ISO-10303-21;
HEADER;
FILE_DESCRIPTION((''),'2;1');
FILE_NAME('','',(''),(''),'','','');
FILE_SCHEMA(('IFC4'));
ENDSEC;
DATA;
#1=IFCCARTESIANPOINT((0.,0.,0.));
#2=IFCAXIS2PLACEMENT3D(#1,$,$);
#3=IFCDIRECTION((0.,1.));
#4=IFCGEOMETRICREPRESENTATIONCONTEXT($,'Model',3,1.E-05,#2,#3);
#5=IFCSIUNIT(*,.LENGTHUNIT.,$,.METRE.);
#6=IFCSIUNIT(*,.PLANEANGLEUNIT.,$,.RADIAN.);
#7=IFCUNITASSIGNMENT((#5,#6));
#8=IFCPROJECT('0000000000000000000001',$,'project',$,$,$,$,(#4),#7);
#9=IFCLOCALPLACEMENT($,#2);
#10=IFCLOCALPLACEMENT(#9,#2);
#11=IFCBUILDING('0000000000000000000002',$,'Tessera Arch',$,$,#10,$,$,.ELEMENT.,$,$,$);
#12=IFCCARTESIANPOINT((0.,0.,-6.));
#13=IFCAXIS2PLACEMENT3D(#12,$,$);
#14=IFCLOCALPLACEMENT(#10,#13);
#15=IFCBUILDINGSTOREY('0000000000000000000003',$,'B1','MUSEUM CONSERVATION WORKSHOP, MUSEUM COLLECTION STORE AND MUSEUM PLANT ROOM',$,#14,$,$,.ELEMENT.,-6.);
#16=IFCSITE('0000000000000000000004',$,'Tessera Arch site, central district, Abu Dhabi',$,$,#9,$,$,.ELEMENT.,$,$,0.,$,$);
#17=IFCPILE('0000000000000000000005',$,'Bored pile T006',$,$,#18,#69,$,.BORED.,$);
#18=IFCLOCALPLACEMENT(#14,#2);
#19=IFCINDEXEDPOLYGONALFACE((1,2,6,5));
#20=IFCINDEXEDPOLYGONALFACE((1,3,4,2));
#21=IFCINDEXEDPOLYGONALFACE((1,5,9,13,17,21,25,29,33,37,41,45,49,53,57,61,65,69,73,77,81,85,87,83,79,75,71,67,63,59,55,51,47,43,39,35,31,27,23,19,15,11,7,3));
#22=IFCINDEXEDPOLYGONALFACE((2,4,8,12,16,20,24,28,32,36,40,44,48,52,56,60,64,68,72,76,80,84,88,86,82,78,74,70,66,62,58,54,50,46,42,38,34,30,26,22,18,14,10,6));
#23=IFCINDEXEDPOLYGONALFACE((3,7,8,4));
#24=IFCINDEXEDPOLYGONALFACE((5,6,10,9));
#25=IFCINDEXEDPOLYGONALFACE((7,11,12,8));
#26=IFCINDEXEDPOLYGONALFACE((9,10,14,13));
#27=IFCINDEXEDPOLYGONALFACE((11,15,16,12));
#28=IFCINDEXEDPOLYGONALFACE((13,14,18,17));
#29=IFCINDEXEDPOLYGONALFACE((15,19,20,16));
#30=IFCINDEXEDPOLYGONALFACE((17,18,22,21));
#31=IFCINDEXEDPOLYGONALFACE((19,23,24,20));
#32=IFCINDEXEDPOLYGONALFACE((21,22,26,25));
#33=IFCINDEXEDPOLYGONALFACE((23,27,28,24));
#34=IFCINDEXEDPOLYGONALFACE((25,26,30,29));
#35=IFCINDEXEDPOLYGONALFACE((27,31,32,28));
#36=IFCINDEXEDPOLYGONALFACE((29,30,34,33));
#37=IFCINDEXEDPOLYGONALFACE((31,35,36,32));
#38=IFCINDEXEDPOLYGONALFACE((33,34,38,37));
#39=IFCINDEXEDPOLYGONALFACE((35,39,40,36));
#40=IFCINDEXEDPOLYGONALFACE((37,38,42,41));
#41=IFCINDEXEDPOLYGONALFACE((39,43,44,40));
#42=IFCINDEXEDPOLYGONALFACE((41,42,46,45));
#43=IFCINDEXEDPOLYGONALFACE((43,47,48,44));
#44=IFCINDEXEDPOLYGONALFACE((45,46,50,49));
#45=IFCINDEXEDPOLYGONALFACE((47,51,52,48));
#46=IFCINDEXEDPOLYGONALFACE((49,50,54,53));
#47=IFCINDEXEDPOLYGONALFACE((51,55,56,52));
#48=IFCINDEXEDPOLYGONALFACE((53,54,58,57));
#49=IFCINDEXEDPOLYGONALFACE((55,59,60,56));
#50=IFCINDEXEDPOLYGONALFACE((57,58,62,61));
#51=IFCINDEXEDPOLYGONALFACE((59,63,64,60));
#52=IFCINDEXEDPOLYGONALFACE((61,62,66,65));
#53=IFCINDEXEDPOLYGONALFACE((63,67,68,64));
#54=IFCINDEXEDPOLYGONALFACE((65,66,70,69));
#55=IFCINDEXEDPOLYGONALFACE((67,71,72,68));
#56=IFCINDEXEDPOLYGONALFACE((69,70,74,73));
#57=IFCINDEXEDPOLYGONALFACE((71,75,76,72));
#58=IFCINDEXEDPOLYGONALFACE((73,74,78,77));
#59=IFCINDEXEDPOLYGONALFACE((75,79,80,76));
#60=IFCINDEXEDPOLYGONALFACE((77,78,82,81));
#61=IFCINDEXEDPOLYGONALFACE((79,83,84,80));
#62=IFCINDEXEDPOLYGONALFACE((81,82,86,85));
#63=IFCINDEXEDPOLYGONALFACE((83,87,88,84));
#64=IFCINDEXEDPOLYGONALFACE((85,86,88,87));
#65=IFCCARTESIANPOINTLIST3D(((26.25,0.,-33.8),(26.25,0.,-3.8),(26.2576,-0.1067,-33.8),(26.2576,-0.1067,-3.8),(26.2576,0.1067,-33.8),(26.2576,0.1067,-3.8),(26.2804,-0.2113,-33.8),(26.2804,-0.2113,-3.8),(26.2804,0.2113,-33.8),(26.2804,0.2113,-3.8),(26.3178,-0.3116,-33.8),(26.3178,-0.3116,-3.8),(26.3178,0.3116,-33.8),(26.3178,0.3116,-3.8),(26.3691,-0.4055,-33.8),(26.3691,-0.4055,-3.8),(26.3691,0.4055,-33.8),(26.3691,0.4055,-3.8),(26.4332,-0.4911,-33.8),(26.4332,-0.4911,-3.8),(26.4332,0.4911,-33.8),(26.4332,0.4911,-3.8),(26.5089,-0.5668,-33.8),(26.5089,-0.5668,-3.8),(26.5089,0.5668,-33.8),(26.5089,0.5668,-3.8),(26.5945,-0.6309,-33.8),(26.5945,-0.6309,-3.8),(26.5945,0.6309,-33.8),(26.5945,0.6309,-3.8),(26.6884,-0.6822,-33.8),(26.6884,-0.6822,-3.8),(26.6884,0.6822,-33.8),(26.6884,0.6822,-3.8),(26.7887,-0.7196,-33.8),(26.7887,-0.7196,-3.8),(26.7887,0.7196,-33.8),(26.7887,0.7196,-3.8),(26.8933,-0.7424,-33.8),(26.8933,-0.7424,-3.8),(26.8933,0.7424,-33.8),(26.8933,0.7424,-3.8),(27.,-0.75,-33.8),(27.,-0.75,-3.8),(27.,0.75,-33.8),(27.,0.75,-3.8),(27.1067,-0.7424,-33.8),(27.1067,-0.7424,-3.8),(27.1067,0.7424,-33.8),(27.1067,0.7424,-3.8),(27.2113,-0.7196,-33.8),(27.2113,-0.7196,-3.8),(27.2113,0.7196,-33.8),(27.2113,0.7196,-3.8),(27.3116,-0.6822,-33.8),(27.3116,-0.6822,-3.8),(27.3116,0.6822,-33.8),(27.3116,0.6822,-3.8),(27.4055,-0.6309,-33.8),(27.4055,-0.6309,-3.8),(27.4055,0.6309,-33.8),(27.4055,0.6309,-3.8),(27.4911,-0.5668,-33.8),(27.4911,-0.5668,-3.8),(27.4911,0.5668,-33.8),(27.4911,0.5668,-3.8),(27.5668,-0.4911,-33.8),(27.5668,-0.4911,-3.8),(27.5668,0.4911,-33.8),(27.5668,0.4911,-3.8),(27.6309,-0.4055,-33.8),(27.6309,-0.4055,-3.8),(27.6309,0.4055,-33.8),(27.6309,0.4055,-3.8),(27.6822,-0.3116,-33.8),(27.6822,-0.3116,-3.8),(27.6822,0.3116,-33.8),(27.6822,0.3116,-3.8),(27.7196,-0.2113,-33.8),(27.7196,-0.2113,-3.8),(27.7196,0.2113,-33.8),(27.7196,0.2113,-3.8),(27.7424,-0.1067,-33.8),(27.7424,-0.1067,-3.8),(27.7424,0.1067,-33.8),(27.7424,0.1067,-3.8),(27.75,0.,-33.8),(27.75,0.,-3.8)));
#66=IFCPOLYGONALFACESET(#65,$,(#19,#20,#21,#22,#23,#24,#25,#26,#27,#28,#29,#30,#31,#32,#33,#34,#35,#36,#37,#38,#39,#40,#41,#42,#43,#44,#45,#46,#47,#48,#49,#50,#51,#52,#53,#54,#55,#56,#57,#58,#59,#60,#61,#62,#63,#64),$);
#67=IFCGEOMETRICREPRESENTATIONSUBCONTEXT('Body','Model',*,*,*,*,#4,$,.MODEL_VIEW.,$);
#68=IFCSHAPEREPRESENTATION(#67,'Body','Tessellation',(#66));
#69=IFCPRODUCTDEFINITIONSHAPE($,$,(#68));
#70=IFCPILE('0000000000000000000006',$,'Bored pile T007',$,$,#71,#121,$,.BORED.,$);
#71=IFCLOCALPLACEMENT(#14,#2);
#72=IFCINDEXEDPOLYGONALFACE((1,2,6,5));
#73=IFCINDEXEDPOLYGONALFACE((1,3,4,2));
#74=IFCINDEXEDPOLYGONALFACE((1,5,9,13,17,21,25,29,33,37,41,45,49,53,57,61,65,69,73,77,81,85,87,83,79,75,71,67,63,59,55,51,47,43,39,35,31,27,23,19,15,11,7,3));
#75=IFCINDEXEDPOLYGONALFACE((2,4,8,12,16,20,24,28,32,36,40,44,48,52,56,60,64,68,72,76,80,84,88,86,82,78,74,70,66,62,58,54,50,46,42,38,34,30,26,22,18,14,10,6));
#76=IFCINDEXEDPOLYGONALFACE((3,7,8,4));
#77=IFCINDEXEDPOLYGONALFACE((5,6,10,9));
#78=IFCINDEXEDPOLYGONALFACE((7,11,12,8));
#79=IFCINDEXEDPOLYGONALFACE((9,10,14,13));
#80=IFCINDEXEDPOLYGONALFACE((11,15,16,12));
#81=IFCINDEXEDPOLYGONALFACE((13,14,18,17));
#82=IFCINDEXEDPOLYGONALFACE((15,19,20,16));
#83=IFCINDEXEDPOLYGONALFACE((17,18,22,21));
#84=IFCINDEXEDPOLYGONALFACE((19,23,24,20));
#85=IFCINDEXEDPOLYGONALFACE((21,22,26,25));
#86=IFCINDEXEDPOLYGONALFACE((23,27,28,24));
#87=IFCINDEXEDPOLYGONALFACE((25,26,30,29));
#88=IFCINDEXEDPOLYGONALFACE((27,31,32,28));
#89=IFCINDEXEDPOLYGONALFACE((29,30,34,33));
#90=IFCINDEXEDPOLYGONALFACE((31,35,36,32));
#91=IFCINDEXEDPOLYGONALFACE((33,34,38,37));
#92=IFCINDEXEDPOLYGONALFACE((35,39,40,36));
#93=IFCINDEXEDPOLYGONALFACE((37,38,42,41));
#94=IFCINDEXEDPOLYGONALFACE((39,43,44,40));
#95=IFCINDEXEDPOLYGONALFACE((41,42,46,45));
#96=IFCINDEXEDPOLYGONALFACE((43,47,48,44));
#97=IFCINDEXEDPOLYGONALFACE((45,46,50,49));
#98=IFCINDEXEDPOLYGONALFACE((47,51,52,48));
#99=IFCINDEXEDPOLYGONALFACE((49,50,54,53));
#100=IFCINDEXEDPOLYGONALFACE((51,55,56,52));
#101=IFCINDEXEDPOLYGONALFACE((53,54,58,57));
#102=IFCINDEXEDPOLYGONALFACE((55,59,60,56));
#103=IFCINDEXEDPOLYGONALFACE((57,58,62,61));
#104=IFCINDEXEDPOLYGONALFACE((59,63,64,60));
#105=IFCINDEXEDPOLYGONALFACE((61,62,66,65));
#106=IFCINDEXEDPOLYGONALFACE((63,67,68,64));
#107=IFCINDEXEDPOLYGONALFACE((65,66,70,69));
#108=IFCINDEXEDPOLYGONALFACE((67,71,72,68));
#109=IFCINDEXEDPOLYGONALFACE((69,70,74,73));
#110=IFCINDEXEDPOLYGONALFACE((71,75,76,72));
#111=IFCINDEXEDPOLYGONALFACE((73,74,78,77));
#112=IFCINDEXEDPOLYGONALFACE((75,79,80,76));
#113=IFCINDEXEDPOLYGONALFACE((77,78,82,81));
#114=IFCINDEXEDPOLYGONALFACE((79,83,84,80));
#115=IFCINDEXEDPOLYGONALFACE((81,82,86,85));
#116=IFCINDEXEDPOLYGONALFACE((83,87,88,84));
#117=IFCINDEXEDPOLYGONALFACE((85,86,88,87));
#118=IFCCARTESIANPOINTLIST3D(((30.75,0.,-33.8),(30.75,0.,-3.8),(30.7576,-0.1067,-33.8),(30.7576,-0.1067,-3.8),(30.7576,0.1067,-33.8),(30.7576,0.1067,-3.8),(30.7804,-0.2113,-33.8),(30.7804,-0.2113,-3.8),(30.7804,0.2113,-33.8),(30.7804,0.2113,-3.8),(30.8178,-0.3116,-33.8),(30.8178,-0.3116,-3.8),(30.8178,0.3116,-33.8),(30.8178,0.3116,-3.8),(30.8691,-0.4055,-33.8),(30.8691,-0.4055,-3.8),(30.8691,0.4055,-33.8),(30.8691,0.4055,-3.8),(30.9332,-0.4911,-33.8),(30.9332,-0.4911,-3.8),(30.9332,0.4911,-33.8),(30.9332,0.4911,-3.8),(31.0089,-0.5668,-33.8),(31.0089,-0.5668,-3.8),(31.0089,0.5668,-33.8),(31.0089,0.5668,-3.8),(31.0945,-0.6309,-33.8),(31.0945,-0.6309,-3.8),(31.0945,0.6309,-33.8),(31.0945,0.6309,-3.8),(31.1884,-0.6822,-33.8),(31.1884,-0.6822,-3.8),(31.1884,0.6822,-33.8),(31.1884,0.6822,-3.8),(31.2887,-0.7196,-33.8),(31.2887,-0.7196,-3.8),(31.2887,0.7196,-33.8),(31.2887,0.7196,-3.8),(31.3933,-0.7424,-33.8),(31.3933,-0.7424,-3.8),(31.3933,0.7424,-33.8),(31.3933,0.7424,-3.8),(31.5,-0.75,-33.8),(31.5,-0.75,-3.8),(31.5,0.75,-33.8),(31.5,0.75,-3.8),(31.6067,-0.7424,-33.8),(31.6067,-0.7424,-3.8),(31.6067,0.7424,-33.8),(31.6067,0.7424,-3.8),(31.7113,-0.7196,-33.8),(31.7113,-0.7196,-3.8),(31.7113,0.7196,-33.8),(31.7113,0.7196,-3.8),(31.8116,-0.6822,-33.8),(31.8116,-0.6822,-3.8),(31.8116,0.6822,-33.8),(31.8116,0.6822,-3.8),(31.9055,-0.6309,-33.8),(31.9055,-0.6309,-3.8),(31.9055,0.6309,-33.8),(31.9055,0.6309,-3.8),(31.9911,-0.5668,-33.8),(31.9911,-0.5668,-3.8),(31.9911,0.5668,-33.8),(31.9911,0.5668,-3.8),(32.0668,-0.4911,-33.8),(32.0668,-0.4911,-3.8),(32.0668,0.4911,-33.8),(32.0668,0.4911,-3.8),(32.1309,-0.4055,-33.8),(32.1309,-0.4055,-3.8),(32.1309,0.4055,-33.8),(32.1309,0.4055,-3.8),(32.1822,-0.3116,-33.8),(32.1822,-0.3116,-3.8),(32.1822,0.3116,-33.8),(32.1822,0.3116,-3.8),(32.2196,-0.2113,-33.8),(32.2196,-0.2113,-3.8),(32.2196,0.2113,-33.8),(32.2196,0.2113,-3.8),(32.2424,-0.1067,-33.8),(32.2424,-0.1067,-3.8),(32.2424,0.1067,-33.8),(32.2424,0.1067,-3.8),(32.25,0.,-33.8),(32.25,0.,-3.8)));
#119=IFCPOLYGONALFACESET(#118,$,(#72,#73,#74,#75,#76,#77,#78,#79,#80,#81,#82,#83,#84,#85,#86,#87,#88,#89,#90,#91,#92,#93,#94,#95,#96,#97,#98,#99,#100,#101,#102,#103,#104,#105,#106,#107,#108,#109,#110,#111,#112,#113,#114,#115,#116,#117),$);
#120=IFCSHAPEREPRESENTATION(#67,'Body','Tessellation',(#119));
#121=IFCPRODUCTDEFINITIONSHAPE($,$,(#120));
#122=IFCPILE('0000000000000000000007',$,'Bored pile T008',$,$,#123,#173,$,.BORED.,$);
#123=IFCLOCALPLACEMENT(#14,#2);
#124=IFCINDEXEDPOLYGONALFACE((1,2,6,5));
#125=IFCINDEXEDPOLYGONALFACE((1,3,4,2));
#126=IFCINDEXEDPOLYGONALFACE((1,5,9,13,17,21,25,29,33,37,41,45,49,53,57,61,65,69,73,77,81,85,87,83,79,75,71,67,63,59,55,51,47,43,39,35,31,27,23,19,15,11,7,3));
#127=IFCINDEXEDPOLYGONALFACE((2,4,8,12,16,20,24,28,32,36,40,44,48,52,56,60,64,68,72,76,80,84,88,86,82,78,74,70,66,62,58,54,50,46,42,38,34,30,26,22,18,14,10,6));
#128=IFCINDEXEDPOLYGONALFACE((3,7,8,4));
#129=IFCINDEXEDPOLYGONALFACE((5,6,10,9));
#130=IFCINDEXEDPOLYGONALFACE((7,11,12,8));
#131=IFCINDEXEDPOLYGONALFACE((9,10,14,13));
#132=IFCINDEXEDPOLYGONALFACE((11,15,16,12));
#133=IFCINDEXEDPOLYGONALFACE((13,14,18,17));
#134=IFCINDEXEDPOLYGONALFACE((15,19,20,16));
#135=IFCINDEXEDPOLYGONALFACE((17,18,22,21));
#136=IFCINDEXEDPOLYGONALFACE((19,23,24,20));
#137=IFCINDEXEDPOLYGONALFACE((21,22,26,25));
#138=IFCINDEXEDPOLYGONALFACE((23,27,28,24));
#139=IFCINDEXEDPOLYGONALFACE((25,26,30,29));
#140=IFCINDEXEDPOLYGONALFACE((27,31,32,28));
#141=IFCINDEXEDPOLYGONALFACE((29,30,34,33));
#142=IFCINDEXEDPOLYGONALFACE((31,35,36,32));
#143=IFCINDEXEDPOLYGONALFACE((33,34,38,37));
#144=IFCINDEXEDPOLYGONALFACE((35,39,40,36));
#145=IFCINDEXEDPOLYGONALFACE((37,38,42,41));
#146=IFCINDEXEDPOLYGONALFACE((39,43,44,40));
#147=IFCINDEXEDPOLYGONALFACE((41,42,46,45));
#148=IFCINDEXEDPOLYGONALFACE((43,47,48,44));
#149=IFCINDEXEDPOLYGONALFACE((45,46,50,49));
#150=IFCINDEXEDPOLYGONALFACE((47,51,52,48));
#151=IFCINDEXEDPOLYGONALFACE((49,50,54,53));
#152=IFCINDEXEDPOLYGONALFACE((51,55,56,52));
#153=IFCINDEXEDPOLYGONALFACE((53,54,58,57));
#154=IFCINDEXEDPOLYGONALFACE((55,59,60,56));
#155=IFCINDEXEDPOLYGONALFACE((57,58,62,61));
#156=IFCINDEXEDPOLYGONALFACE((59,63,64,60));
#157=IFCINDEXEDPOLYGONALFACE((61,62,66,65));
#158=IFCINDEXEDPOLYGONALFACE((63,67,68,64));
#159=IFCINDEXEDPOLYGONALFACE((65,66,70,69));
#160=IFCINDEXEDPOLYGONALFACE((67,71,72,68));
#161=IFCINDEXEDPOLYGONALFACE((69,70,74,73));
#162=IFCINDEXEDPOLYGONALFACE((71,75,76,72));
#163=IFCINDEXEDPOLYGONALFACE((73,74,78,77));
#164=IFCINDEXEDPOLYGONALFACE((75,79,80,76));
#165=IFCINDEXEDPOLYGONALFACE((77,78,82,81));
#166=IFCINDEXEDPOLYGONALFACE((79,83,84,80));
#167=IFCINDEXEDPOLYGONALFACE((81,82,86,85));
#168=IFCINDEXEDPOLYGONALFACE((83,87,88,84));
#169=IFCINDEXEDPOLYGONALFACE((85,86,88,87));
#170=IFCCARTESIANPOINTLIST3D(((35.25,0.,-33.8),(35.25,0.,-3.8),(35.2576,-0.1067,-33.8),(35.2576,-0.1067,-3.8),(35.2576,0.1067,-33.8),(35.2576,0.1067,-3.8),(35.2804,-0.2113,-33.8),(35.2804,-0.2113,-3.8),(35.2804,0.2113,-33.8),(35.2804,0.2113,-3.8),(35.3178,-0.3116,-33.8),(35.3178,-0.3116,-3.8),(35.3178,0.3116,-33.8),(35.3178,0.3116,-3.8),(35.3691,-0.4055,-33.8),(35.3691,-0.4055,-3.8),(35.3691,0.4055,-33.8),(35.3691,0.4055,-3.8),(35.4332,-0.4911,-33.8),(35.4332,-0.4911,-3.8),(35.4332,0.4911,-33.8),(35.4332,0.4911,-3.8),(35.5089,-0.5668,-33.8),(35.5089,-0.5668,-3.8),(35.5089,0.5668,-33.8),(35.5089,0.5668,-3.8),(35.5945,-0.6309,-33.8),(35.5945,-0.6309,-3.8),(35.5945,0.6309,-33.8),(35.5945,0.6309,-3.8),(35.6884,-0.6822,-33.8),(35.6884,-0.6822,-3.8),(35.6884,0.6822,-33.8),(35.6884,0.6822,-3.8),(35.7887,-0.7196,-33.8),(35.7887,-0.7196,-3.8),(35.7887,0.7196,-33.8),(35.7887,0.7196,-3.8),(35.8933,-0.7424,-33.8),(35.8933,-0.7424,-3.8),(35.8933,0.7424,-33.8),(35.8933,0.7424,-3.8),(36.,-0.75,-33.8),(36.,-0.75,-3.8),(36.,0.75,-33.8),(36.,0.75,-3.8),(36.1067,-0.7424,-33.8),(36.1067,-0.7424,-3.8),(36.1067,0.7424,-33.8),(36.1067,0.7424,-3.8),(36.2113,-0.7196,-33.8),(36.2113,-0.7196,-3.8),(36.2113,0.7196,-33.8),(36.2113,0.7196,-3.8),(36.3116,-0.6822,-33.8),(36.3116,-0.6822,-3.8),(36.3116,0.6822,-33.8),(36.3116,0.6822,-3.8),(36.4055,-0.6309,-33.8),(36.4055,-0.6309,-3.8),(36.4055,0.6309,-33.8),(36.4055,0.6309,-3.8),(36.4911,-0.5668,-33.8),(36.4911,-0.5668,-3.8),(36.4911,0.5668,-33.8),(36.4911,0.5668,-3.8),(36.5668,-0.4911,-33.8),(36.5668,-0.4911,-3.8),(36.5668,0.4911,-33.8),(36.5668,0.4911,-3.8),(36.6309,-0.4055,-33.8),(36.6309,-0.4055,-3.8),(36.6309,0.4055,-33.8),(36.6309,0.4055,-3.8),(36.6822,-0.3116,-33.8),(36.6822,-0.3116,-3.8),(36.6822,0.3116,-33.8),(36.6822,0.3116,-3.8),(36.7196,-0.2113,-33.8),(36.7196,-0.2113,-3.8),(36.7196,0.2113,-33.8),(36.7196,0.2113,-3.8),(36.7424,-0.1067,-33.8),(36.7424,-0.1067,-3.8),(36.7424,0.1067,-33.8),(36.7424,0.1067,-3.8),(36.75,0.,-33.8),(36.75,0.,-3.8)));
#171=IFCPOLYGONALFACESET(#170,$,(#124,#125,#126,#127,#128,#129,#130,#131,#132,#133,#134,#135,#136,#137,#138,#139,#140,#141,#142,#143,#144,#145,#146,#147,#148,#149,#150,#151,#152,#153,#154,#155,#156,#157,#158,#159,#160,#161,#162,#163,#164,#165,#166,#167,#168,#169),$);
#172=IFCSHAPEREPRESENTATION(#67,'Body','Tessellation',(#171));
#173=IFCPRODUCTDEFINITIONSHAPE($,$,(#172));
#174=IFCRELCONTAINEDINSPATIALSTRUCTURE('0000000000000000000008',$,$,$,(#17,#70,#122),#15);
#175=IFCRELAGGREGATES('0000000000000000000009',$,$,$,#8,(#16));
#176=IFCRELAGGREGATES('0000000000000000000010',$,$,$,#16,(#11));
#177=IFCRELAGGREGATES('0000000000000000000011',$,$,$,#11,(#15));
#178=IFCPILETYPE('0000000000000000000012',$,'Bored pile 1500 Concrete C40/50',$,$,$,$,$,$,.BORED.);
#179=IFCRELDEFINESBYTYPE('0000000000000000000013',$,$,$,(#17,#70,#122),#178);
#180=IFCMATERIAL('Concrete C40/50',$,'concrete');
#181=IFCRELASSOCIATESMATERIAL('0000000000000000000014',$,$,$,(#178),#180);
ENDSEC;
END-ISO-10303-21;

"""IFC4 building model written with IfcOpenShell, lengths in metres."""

from ifc_helpers import new_model, si_unit, direction, frame, origin, origin_2d, place, context, subcontext, project, spatial, circle, extrude, material, type_object, element, save


model = new_model("IFC4")

# Units and contexts
model_context = context("Model", 3, precision=1e-05, world=origin(), true_north=direction((0.0, 1.0)))
body_context = subcontext(model_context, "Body", "Model", "MODEL_VIEW")
ifc_project = project(units=[si_unit("LENGTHUNIT", "METRE"), si_unit("PLANEANGLEUNIT", "RADIAN")], contexts=[model_context])

# Site, building, storey
site_placement = place(None, origin())
site = spatial("IfcSite", under=ifc_project, at=site_placement, Name="Tessera Arch site, central district, Abu Dhabi", CompositionType="ELEMENT", RefElevation=0.0)
building_placement = place(site_placement, origin())
building = spatial("IfcBuilding", under=site, at=building_placement, Name="Tessera Arch", CompositionType="ELEMENT")
storey_placement = place(building_placement, frame((0.0, 0.0, -6.0)))
storey = spatial("IfcBuildingStorey", under=building, at=storey_placement, Name="B1", Description="MUSEUM CONSERVATION WORKSHOP, MUSEUM COLLECTION STORE AND MUSEUM PLANT ROOM", CompositionType="ELEMENT", Elevation=-6.0)

# Piles
ifc_material_1 = material(Name="Concrete C40/50", Category="concrete")
pile_type_1 = type_object("IfcPileType", Name="Bored pile 1500 Concrete C40/50", PredefinedType="BORED", material=ifc_material_1)
for number, where, z_axis, x_axis, name in (
    (1, (27.0, 0.0, -3.8), (0.0, 0.0, -1.0), (1.0, 0.0, 0.0), "Bored pile T006"),
    (2, (31.5, 0.0, -3.8), (0.0, 0.0, -1.0), (1.0, 0.0, 0.0), "Bored pile T007"),
    (3, (36.0, 0.0, -3.8), (0.0, 0.0, -1.0), (1.0, 0.0, 0.0), "Bored pile T008"),
):
    element("IfcPile", number, at=place(storey_placement, frame(where, z_axis=z_axis, x_axis=x_axis)), inside=storey, type_object=pile_type_1, Name=name, PredefinedType="BORED", context=body_context, shape_type="SweptSolid", body=[
        extrude(circle(Radius=0.75, at=origin_2d()), origin(), (0.0, 0.0, 1.0), 30.0),
    ])

save(model, "model.ifc")
